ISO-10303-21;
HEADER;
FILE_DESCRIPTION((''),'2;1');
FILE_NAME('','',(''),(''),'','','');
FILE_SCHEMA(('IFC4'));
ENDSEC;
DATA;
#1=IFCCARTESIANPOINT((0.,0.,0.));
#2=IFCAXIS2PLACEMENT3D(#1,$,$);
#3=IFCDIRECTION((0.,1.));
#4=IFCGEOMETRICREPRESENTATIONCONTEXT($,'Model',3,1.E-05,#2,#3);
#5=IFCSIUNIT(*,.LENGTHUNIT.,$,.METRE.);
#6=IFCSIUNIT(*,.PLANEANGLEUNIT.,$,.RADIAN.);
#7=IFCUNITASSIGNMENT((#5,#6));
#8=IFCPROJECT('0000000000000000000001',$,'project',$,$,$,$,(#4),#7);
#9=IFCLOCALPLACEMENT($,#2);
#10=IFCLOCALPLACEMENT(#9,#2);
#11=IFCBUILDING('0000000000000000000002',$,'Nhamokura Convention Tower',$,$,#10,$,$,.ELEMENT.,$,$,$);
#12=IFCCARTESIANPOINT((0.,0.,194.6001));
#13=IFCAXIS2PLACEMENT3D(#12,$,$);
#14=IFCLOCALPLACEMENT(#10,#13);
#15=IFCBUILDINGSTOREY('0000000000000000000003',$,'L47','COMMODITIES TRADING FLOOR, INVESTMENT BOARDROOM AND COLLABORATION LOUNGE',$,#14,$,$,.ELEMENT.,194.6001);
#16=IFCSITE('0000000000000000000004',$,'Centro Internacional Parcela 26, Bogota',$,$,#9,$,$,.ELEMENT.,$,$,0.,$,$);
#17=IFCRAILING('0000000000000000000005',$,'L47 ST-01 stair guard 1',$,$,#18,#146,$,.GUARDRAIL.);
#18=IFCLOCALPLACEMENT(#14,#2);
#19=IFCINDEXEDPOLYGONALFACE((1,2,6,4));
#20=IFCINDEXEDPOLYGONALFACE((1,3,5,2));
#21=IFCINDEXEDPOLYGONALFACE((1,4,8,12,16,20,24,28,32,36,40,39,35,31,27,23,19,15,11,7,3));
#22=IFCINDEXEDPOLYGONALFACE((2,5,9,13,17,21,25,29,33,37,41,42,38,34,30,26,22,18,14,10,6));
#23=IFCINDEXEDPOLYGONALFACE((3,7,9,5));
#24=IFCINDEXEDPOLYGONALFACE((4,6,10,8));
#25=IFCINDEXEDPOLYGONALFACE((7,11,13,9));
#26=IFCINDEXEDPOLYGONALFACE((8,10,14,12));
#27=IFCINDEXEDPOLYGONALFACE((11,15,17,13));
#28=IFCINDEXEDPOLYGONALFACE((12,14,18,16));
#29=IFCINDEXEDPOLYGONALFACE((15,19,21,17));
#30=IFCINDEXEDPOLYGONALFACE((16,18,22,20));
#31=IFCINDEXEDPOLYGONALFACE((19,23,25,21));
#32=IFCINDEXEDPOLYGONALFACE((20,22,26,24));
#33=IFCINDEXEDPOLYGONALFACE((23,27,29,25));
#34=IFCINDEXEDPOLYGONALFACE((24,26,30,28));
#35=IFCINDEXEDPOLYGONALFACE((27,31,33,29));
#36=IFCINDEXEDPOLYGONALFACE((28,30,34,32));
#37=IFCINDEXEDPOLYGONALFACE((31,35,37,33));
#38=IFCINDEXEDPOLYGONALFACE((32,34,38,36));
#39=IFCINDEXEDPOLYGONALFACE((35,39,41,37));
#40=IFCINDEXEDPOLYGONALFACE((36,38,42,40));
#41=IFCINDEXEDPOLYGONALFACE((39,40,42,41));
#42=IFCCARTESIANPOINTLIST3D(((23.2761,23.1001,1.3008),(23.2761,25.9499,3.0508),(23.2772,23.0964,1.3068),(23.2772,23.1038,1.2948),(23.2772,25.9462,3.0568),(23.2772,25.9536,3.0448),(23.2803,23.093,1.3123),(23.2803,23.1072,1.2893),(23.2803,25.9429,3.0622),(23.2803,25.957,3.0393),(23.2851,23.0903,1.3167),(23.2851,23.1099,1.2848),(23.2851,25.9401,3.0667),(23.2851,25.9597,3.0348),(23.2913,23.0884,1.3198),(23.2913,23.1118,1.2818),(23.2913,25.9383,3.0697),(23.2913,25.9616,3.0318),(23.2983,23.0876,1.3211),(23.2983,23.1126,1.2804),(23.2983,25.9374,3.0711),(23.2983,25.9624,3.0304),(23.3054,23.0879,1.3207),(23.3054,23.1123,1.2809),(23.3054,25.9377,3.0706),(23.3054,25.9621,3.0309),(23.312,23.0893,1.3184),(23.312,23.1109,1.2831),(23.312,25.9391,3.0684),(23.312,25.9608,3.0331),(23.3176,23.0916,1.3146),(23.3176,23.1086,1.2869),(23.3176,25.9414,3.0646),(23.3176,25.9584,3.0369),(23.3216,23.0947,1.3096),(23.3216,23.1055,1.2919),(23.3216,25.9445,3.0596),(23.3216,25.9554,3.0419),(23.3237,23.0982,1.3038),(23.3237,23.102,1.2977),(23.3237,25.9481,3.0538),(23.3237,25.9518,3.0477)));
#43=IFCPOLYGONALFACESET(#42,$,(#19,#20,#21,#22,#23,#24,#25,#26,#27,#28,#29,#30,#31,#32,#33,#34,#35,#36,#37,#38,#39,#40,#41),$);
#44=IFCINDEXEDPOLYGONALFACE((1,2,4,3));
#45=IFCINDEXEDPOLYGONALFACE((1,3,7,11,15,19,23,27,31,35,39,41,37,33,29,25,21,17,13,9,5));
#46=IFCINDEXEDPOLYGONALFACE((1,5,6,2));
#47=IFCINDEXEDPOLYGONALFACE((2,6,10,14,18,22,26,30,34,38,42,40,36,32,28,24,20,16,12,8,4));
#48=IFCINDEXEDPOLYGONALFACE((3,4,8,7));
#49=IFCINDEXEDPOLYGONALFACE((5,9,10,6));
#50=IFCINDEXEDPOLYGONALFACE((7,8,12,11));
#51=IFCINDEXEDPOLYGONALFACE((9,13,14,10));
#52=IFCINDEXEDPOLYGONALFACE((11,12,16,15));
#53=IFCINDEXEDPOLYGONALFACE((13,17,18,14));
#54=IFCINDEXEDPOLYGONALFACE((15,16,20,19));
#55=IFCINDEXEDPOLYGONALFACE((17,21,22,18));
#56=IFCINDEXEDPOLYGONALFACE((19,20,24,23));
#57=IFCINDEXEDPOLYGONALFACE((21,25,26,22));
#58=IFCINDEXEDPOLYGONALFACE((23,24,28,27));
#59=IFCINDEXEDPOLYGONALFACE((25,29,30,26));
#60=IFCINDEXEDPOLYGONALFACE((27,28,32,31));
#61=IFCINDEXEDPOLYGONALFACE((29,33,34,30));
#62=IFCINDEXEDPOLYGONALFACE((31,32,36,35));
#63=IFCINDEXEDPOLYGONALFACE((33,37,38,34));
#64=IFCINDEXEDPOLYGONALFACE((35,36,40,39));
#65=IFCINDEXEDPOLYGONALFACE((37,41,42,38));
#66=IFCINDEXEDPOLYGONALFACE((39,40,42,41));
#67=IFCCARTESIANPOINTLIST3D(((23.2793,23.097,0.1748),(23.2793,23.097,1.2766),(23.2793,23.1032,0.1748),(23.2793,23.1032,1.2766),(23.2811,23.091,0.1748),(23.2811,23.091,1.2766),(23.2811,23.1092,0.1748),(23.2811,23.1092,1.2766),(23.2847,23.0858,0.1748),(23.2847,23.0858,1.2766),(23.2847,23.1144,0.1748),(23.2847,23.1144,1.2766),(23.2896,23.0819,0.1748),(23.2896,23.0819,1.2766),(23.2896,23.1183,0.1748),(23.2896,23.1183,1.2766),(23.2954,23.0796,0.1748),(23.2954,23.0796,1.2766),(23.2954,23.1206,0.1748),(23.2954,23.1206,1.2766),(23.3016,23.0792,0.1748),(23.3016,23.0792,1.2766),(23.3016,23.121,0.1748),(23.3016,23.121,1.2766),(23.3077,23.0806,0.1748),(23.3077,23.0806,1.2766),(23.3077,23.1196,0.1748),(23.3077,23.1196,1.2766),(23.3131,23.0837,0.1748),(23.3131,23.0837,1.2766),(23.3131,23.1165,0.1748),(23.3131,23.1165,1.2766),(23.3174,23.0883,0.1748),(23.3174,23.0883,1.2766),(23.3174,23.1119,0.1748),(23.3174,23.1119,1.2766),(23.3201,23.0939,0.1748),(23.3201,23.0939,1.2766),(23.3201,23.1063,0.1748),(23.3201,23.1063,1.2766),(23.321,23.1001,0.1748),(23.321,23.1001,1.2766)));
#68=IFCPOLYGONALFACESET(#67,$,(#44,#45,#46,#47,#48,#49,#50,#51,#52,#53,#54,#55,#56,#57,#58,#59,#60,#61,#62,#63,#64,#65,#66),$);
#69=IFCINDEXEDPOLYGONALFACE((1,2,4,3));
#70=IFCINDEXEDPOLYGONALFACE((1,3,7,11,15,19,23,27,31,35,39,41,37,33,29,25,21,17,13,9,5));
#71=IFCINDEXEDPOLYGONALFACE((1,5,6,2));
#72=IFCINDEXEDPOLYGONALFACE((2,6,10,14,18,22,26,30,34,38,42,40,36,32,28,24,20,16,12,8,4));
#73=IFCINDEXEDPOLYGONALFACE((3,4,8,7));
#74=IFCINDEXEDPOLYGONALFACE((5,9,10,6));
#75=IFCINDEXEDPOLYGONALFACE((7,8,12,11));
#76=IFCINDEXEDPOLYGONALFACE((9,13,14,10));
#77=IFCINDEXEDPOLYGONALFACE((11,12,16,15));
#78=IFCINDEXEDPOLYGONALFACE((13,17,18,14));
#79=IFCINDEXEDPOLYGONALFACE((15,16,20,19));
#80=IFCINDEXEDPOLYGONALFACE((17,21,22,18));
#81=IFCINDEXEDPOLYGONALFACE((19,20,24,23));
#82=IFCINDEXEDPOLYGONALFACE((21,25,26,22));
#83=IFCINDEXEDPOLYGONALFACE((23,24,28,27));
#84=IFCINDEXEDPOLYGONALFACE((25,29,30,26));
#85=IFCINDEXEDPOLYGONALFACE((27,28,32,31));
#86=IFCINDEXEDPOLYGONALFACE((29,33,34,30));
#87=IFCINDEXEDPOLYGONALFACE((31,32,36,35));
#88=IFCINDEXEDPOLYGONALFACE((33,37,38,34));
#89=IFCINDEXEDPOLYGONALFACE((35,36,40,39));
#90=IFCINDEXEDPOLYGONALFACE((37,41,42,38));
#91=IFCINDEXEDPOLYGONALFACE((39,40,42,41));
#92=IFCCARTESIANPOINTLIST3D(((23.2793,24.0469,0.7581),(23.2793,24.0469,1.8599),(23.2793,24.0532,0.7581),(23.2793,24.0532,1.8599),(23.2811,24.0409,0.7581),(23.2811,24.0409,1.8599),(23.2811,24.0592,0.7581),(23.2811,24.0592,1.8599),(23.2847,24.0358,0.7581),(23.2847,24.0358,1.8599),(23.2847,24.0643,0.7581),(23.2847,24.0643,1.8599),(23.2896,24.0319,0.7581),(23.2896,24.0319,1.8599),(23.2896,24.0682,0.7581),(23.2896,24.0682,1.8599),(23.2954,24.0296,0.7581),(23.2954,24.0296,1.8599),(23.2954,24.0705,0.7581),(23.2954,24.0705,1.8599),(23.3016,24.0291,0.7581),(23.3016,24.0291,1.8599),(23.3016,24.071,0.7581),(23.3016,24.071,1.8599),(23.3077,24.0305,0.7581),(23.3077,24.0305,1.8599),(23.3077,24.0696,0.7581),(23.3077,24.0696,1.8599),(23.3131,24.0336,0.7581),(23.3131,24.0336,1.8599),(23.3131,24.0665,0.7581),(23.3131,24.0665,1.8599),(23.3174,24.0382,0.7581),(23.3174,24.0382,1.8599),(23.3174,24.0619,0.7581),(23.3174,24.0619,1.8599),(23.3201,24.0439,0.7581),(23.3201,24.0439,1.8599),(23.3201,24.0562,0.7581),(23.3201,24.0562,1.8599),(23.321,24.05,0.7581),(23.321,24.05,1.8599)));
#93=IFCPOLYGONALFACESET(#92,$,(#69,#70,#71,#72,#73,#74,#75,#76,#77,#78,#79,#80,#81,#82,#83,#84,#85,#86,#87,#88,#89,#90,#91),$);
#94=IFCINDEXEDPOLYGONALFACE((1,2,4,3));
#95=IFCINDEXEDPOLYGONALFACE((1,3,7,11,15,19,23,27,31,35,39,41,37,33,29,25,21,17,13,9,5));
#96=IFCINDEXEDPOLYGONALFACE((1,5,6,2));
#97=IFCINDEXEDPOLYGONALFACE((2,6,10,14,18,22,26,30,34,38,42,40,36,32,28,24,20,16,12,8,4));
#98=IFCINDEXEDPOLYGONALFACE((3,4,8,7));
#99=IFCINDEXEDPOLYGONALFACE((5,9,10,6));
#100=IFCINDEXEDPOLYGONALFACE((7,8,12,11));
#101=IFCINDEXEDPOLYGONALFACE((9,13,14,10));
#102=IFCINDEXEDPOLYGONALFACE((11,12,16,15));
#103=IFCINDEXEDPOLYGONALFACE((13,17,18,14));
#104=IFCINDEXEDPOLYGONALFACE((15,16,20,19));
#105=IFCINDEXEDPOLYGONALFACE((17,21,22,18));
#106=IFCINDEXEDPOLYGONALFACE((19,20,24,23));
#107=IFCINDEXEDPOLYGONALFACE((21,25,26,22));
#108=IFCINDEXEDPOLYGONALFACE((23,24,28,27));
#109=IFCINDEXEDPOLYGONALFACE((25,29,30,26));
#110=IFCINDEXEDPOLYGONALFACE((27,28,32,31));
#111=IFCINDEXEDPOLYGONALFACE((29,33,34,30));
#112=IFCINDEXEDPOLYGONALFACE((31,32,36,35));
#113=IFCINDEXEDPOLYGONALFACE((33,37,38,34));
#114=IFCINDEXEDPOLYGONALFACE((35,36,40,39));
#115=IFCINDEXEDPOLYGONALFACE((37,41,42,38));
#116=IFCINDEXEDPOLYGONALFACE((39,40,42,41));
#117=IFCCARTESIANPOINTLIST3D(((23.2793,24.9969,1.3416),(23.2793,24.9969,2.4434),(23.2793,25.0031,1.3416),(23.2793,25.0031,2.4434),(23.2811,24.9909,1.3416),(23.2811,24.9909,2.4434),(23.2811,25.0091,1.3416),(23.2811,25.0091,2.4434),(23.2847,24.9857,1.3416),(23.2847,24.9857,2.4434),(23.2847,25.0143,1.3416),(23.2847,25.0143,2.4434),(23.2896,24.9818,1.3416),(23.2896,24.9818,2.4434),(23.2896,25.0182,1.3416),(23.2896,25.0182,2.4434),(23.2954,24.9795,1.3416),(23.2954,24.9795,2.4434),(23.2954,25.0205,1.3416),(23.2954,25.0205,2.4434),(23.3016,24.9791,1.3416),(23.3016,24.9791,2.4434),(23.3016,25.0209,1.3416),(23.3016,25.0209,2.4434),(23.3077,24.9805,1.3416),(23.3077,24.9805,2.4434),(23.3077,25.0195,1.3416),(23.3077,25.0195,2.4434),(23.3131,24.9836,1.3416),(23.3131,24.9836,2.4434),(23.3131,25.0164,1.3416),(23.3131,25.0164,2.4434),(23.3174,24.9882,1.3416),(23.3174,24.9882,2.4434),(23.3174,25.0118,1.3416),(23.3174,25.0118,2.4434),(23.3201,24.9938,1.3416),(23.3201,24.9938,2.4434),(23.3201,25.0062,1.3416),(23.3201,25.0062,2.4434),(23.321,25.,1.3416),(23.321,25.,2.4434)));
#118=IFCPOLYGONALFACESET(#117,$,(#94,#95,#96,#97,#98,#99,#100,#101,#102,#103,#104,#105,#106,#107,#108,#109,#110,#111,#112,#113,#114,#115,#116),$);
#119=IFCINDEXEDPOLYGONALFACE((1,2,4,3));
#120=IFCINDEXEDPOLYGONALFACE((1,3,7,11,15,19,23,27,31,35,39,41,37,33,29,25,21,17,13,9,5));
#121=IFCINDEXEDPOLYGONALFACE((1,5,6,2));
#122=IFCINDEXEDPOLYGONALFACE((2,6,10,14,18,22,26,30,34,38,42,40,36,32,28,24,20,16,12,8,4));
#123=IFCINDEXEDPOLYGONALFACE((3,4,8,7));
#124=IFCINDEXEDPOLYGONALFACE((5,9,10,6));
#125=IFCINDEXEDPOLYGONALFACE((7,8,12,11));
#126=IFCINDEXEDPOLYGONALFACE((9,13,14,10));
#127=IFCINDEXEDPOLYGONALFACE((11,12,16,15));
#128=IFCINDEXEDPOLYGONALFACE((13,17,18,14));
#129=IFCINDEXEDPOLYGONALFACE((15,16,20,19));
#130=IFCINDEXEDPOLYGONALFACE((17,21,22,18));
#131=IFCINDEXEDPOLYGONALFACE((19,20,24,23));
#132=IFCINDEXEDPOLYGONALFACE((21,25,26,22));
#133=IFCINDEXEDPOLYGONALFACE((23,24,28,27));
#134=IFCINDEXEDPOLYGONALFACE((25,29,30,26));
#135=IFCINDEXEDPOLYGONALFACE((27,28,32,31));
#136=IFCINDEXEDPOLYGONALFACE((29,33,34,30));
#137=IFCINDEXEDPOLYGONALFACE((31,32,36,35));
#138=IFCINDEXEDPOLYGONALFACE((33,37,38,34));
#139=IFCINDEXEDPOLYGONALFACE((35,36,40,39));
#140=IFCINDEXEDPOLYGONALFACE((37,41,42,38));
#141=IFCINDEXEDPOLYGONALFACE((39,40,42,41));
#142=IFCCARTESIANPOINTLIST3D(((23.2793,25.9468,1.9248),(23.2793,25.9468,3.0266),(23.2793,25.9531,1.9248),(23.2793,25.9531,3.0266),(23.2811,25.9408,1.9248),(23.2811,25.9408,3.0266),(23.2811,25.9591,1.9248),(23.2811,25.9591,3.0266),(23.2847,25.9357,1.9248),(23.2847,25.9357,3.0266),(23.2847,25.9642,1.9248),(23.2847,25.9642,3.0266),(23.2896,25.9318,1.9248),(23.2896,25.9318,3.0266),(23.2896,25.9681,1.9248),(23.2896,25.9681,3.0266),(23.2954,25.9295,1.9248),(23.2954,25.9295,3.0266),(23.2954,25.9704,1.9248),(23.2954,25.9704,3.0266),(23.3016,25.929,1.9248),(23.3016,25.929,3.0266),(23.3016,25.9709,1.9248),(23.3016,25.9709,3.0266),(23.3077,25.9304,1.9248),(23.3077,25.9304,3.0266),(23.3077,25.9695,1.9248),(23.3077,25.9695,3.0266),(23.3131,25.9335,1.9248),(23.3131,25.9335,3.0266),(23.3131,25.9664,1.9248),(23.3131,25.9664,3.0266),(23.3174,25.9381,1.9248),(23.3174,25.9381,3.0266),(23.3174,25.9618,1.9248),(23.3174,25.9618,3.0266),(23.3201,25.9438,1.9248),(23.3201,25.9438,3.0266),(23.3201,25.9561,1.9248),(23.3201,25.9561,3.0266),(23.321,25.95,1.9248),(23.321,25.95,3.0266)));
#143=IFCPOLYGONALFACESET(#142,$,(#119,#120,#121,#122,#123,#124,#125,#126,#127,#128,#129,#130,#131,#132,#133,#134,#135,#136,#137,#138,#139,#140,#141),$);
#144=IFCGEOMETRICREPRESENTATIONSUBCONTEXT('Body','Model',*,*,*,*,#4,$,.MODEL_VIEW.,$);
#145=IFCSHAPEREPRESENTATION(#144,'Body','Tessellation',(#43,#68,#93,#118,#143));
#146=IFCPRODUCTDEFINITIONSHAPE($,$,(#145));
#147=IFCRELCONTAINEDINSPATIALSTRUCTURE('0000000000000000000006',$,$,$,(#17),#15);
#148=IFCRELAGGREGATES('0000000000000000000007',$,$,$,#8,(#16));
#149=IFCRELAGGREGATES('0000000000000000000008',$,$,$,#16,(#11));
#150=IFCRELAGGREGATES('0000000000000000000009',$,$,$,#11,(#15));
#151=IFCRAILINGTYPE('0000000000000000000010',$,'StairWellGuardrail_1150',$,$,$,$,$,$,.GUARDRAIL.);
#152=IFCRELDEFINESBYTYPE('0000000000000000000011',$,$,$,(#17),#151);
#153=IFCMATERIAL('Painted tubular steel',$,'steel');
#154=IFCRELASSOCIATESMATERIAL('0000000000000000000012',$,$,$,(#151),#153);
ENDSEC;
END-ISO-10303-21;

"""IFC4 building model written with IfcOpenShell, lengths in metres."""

from ifc_helpers import new_model, si_unit, direction, frame, origin, origin_2d, place, context, subcontext, project, spatial, circle, extrude, material, type_object, element, save


model = new_model("IFC4")

# Units and contexts
model_context = context("Model", 3, precision=1e-05, world=origin(), true_north=direction((0.0, 1.0)))
body_context = subcontext(model_context, "Body", "Model", "MODEL_VIEW")
ifc_project = project(units=[si_unit("LENGTHUNIT", "METRE"), si_unit("PLANEANGLEUNIT", "RADIAN")], contexts=[model_context])

# Site, building, storey
site_placement = place(None, origin())
site = spatial("IfcSite", under=ifc_project, at=site_placement, Name="Centro Internacional Parcela 26, Bogota", CompositionType="ELEMENT", RefElevation=0.0)
building_placement = place(site_placement, origin())
building = spatial("IfcBuilding", under=site, at=building_placement, Name="Nhamokura Convention Tower", CompositionType="ELEMENT")
storey_placement = place(building_placement, frame((0.0, 0.0, 194.6001)))
storey = spatial("IfcBuildingStorey", under=building, at=storey_placement, Name="L47", Description="COMMODITIES TRADING FLOOR, INVESTMENT BOARDROOM AND COLLABORATION LOUNGE", CompositionType="ELEMENT", Elevation=194.6001)

# Railing
ifc_material_1 = material(Name="Painted tubular steel", Category="steel")
railing_type_1 = type_object("IfcRailingType", Name="StairWellGuardrail_1150", PredefinedType="GUARDRAIL", material=ifc_material_1)
railing_1_placement = place(storey_placement, frame((23.3, 23.1001, 0.1748)))
element("IfcRailing", 1, at=railing_1_placement, inside=storey, type_object=railing_type_1, Name="L47 ST-01 stair guard 1", PredefinedType="GUARDRAIL", context=body_context, shape_type="SweptSolid", body=[
    extrude(circle(Radius=0.0239, at=origin_2d()), frame((0.0, 0.0, 1.126), z_axis=(0.0, 0.852159, 0.523283), x_axis=(-1.0, 0.0, 0.0)), (0.0, 0.0, 1.0), 3.3442),
    extrude(circle(Radius=0.021, at=origin_2d()), origin(), (0.0, 0.0, 1.0), 1.1018),
    extrude(circle(Radius=0.021, at=origin_2d()), frame((0.0, 0.95, 0.5833)), (0.0, 0.0, 1.0), 1.1018),
    extrude(circle(Radius=0.021, at=origin_2d()), frame((0.0, 1.8999, 1.1667)), (0.0, 0.0, 1.0), 1.1018),
    extrude(circle(Radius=0.021, at=origin_2d()), frame((0.0, 2.8499, 1.75)), (0.0, 0.0, 1.0), 1.1018),
])

save(model, "model.ifc")
